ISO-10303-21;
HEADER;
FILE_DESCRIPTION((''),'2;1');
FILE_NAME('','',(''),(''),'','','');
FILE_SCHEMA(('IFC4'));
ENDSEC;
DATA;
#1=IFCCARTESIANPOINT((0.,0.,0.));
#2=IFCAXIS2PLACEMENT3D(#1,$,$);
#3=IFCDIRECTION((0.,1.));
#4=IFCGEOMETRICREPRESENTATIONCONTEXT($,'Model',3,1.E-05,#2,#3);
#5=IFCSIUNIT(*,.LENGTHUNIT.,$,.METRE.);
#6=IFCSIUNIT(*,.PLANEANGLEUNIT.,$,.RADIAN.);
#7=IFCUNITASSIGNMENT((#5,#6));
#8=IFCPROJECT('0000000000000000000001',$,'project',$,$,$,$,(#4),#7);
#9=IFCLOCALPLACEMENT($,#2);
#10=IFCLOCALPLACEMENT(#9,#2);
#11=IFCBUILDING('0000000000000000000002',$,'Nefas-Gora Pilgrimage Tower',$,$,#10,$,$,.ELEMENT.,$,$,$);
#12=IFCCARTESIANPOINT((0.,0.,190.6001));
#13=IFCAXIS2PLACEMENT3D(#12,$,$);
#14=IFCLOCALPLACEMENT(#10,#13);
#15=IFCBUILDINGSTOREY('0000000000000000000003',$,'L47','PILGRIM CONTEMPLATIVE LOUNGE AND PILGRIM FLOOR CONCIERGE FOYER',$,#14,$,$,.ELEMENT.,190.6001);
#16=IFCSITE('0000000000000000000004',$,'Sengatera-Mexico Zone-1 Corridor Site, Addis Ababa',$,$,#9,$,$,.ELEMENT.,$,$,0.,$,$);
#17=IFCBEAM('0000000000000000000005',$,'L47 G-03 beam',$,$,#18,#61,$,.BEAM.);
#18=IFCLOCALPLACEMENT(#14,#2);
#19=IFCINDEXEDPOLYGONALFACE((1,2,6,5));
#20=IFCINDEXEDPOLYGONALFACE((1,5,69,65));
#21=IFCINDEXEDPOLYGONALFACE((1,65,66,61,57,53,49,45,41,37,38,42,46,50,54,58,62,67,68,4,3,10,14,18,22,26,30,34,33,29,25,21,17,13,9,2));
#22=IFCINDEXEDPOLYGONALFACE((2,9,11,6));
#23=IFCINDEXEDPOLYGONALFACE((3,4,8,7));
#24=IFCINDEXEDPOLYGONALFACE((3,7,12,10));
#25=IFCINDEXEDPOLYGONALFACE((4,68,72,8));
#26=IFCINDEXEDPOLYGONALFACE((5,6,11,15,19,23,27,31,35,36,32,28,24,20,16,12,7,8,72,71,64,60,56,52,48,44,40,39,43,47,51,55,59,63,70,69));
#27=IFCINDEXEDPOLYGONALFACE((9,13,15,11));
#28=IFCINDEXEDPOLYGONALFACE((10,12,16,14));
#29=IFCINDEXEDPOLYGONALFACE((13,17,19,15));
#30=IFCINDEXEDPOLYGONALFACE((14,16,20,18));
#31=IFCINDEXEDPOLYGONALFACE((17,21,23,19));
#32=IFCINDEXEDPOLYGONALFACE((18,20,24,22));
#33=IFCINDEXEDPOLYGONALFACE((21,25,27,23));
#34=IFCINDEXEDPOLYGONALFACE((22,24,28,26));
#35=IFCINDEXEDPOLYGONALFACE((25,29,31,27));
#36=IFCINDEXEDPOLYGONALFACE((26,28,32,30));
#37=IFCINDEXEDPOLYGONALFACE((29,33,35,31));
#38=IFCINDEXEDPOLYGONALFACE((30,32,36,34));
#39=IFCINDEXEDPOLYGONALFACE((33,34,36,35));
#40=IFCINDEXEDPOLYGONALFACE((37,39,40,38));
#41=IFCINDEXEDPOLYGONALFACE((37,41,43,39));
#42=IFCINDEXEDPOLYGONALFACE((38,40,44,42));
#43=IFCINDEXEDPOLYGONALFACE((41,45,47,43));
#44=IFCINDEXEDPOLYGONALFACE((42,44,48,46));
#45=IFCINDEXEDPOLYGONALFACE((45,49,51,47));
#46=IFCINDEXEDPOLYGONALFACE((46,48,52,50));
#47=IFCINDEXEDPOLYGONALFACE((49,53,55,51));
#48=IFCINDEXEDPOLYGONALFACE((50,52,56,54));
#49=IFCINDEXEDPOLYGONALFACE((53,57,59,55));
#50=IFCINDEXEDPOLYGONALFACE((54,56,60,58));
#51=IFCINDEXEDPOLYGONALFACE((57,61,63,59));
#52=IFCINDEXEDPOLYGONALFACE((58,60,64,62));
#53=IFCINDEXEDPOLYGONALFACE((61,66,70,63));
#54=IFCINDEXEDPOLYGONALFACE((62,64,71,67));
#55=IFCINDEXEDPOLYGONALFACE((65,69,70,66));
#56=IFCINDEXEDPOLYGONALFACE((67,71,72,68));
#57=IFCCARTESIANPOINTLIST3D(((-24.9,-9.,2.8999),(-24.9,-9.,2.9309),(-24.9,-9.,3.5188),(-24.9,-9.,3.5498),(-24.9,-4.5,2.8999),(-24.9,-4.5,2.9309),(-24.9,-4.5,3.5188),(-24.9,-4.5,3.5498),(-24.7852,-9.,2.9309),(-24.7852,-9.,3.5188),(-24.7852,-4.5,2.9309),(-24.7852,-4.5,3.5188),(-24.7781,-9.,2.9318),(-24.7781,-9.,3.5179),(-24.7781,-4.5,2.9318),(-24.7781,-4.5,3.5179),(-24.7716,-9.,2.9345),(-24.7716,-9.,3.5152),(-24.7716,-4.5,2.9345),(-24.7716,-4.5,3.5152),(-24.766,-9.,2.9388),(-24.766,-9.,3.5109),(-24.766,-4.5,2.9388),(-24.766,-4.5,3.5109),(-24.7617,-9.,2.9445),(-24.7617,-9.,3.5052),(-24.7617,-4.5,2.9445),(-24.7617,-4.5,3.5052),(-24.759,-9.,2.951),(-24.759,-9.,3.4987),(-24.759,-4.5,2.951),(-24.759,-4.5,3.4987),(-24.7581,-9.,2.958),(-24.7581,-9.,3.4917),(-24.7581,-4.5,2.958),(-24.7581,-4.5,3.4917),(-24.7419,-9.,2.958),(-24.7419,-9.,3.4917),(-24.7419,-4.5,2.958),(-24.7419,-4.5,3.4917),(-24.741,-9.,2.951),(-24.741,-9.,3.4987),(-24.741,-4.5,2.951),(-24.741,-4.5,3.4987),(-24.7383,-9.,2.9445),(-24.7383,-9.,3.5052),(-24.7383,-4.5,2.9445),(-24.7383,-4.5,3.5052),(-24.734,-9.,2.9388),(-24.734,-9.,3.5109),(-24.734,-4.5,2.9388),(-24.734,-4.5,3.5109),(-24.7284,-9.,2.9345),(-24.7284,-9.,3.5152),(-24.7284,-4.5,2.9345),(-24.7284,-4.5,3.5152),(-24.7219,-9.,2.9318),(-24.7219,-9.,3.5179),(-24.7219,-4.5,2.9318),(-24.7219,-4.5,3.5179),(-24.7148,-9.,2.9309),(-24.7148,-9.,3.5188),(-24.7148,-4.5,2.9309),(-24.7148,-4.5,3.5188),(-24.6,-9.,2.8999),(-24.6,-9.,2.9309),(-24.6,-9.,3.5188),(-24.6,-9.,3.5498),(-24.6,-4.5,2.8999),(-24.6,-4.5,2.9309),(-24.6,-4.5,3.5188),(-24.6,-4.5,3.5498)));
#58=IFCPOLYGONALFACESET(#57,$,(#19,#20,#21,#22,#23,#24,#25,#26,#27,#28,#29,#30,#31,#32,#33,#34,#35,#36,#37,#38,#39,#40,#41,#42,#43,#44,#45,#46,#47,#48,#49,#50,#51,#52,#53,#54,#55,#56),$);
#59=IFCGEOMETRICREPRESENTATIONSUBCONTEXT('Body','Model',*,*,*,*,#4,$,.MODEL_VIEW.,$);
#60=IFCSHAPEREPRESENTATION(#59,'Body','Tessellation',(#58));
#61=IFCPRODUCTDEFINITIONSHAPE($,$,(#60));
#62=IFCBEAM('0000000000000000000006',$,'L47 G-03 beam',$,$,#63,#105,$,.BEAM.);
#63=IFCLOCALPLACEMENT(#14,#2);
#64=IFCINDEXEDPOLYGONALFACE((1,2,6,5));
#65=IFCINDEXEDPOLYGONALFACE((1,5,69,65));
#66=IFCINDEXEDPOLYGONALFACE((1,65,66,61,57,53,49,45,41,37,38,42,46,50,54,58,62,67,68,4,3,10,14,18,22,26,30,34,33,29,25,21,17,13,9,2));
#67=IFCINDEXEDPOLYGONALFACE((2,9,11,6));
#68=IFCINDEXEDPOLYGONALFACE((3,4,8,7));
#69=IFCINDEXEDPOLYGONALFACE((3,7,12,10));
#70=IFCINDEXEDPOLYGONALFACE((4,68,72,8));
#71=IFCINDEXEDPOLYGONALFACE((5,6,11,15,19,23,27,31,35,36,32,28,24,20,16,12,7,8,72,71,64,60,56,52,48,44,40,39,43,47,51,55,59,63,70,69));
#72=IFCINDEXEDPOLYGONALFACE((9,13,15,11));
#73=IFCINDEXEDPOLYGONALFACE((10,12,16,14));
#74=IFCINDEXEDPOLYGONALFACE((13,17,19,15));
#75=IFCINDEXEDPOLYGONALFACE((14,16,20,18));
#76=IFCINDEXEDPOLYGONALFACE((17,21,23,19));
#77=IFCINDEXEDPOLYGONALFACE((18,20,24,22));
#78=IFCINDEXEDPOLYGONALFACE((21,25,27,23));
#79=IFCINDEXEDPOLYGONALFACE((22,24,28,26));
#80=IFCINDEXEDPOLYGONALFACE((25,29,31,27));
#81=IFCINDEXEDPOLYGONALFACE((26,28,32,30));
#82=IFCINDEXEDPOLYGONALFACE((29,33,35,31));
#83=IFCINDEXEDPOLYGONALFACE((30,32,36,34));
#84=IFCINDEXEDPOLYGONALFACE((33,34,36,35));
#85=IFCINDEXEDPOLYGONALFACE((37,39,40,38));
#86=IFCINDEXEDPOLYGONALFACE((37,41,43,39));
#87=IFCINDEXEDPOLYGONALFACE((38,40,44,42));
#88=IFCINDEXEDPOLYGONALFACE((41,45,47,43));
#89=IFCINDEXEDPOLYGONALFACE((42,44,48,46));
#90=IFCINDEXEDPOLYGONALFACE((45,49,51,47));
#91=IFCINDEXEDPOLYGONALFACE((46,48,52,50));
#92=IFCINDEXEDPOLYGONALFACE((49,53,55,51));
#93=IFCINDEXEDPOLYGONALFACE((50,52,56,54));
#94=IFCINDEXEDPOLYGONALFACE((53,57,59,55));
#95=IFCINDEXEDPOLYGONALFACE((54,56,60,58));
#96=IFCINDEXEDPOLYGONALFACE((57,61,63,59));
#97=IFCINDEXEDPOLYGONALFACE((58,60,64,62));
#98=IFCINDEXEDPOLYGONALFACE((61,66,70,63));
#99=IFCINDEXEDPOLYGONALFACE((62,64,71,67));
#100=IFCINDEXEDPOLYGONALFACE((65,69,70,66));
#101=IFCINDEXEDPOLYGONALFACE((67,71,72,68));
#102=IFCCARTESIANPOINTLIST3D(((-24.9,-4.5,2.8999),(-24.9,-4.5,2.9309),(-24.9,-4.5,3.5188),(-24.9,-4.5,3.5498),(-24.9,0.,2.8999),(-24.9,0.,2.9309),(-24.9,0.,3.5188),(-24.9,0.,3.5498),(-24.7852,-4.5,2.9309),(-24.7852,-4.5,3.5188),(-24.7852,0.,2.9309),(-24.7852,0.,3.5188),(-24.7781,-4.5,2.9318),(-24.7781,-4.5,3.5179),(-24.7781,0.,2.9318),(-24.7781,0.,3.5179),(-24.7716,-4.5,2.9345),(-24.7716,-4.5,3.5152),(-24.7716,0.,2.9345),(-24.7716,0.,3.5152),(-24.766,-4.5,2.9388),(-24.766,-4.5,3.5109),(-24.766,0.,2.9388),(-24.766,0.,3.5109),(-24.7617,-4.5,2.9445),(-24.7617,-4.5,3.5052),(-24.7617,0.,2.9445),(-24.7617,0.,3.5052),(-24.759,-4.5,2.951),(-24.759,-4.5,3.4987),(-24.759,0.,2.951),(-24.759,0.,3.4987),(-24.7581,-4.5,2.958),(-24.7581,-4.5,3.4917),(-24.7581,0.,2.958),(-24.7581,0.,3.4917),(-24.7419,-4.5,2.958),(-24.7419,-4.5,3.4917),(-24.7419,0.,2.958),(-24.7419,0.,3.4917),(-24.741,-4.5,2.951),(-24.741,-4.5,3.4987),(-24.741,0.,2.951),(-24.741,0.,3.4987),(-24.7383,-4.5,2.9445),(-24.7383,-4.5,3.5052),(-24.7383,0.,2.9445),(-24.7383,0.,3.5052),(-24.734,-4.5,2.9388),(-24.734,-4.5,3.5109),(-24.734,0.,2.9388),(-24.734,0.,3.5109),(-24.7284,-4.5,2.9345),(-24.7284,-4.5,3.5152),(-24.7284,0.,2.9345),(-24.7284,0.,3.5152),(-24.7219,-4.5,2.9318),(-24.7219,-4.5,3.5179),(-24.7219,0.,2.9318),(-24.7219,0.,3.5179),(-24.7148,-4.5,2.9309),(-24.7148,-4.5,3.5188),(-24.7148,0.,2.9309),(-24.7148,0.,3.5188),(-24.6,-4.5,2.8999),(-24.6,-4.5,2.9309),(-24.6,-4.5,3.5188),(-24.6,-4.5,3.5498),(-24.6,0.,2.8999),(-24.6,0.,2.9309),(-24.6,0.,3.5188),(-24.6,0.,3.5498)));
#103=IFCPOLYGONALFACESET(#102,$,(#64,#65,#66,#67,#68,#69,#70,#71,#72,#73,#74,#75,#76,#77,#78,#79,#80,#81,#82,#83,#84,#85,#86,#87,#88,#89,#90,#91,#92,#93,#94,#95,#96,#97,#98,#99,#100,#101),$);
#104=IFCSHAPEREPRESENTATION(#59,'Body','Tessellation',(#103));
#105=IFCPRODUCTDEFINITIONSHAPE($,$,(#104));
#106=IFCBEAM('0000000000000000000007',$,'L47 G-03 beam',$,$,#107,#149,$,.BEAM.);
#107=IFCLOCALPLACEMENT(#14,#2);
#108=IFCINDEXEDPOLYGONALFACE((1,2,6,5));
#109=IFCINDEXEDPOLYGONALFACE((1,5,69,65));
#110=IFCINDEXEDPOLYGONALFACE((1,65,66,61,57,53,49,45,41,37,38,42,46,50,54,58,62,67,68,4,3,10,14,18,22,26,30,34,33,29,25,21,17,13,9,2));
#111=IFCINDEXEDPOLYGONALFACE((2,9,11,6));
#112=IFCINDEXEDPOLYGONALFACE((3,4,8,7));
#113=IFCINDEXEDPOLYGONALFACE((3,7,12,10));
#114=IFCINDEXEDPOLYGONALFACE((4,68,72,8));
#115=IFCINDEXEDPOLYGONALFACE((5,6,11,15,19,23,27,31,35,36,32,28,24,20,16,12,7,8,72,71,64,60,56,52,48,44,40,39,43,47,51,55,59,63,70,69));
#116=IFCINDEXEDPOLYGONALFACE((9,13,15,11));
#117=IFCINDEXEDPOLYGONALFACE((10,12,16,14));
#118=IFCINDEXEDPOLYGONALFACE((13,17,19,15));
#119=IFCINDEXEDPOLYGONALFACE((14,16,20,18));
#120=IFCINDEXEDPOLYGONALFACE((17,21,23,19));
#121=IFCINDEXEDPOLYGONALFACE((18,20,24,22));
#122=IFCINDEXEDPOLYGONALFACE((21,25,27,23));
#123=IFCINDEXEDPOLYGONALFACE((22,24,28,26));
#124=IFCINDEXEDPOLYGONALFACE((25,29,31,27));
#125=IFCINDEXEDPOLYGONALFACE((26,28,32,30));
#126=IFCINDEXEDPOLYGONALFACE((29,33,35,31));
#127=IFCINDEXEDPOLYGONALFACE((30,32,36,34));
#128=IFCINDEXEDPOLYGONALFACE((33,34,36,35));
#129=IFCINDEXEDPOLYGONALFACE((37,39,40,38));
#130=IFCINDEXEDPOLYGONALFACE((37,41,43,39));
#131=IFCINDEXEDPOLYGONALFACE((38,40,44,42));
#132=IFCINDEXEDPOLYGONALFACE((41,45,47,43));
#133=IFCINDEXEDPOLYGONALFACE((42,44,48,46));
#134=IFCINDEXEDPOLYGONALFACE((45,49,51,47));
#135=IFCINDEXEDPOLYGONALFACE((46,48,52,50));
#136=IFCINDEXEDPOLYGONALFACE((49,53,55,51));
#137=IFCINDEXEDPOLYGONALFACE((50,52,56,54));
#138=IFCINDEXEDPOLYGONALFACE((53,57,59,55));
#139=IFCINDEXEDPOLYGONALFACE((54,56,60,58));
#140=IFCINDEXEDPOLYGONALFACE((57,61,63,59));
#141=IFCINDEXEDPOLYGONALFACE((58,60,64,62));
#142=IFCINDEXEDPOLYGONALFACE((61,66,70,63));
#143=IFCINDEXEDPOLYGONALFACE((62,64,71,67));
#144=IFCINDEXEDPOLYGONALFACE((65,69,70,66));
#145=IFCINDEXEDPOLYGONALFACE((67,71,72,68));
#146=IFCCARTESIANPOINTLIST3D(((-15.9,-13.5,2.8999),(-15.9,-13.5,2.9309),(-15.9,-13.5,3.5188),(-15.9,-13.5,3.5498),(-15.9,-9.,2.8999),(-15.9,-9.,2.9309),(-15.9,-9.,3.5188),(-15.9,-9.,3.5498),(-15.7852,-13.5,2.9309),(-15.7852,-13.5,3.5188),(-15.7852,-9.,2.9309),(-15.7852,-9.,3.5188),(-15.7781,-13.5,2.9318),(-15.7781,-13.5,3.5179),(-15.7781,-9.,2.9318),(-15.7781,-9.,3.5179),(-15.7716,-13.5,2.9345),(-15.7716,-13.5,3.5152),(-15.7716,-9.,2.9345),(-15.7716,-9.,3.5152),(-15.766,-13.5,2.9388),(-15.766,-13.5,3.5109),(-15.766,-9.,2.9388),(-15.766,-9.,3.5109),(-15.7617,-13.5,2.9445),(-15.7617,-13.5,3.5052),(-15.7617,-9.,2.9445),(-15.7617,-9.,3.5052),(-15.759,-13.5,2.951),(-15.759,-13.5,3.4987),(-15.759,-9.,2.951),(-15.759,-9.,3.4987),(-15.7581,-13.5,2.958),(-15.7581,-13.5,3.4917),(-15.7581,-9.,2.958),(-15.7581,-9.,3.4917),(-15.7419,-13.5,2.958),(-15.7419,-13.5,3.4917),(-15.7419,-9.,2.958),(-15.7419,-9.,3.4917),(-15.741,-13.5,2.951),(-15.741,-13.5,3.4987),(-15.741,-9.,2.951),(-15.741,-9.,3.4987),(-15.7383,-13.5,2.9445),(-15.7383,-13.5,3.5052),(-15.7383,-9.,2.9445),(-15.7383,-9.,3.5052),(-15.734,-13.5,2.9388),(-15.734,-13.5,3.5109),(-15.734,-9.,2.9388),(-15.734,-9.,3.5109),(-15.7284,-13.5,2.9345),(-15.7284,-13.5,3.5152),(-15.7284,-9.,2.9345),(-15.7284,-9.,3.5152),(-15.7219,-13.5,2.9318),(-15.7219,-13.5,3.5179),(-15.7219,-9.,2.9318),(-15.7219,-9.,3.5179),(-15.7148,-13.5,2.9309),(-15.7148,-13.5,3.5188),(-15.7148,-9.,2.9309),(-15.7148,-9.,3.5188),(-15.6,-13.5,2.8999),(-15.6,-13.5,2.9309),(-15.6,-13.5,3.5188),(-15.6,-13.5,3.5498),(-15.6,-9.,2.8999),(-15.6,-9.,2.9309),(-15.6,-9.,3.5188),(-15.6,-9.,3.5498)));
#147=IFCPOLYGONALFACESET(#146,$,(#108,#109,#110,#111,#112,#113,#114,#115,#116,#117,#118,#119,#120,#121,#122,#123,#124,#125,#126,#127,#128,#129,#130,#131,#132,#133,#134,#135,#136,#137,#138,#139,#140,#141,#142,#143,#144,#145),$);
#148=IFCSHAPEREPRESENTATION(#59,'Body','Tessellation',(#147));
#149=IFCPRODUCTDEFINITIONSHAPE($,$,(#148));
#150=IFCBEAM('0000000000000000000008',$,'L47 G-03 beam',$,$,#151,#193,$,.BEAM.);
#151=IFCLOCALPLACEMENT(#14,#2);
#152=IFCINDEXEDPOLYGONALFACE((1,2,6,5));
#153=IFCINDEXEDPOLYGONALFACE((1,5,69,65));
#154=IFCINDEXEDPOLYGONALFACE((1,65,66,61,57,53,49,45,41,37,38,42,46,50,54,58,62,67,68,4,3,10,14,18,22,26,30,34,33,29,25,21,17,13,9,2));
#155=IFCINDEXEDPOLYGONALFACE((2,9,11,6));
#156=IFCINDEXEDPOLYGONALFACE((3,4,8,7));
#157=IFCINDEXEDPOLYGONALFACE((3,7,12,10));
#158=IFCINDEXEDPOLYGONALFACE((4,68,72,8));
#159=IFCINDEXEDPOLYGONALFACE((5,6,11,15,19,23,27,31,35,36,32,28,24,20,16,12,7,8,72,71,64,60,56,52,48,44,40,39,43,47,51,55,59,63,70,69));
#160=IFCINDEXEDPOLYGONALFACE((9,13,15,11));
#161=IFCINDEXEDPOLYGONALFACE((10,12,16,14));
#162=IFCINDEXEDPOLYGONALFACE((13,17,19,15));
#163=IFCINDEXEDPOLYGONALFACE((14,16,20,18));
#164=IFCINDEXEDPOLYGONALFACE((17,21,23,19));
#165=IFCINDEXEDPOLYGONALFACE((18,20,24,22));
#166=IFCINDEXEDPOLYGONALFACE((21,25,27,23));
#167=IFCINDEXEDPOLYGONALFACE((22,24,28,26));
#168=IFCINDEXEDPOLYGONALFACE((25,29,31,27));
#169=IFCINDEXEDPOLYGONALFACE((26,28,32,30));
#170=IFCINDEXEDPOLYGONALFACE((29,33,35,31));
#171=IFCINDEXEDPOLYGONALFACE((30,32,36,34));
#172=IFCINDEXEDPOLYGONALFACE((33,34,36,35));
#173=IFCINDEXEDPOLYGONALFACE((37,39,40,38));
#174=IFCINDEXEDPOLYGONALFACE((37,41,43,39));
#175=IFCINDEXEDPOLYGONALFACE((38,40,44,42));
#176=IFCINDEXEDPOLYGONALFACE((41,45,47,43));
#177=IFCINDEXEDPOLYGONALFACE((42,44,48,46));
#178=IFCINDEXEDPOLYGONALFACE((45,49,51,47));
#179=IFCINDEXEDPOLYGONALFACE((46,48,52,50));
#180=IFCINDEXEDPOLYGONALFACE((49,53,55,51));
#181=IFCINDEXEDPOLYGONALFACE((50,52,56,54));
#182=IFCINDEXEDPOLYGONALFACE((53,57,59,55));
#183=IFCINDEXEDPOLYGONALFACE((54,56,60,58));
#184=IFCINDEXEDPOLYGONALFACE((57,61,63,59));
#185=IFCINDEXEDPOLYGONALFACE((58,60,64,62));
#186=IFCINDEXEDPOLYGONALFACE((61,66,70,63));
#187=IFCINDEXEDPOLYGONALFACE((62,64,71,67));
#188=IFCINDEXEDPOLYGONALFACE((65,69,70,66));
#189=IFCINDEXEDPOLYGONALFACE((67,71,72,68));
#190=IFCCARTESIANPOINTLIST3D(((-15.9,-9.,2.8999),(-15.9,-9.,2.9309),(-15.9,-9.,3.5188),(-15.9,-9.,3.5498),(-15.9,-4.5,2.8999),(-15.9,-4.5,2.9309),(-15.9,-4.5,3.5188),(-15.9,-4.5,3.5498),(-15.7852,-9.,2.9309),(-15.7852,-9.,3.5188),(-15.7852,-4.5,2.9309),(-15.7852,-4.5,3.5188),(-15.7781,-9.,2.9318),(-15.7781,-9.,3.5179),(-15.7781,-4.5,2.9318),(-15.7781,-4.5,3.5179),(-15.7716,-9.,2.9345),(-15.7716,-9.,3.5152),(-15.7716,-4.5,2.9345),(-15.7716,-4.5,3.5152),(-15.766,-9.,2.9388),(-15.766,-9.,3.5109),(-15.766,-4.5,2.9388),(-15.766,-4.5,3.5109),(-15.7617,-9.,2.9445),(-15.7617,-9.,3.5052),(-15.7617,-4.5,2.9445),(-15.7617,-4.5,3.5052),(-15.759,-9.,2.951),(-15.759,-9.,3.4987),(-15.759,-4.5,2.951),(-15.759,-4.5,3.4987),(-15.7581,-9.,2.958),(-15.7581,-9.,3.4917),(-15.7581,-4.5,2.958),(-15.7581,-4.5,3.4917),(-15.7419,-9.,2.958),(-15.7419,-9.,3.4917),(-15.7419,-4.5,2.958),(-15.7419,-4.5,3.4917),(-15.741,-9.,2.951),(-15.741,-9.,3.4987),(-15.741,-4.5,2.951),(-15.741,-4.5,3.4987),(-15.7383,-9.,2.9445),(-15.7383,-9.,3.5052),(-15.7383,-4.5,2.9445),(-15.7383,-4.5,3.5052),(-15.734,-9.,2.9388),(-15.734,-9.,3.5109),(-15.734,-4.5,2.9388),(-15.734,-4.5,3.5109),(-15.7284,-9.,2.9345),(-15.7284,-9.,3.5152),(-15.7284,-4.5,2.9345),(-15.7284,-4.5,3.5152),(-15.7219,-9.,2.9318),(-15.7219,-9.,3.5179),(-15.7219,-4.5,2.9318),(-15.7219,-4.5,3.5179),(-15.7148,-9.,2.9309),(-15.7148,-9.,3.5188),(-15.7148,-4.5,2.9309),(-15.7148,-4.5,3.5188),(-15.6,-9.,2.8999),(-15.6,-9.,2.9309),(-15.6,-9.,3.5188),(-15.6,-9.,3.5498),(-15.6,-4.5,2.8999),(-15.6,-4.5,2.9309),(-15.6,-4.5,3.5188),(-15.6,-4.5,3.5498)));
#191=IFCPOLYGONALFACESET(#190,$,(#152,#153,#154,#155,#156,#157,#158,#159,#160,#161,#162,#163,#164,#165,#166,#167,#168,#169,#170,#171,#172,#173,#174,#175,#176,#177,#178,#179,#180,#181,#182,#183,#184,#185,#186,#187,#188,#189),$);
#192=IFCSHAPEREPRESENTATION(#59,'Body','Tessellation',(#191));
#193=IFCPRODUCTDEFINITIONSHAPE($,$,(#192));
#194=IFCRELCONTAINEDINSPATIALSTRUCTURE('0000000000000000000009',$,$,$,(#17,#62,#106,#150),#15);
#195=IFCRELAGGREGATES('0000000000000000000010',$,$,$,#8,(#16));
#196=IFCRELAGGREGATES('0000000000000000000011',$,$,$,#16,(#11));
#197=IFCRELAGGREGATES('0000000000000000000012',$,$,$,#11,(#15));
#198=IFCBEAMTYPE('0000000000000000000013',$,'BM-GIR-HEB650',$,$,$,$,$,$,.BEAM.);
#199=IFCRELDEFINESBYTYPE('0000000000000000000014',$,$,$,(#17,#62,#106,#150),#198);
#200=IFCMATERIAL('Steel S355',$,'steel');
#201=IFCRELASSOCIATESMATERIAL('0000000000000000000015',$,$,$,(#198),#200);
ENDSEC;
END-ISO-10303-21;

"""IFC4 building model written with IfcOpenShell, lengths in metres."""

from ifc_helpers import new_model, si_unit, direction, frame, origin, origin_2d, place, context, subcontext, project, spatial, i_section, extrude, source, transform, mapped, material, material_profile, profile_set, type_object, element, save


model = new_model("IFC4")

# Units and contexts
model_context = context("Model", 3, precision=1e-05, world=origin(), true_north=direction((0.0, 1.0)))
body_context = subcontext(model_context, "Body", "Model", "MODEL_VIEW")
ifc_project = project(units=[si_unit("LENGTHUNIT", "METRE"), si_unit("PLANEANGLEUNIT", "RADIAN")], contexts=[model_context])

# Site, building, storey
site_placement = place(None, origin())
site = spatial("IfcSite", under=ifc_project, at=site_placement, Name="Sengatera-Mexico Zone-1 Corridor Site, Addis Ababa", CompositionType="ELEMENT", RefElevation=0.0)
building_placement = place(site_placement, origin())
building = spatial("IfcBuilding", under=site, at=building_placement, Name="Nefas-Gora Pilgrimage Tower", CompositionType="ELEMENT")
storey_placement = place(building_placement, frame((0.0, 0.0, 190.6001)))
storey = spatial("IfcBuildingStorey", under=building, at=storey_placement, Name="L47", Description="PILGRIM CONTEMPLATIVE LOUNGE AND PILGRIM FLOOR CONCIERGE FOYER", CompositionType="ELEMENT", Elevation=190.6001)

# Beams
ifc_material_1 = material(Name="Steel S355", Category="steel")
ifc_material_profile_1 = material_profile(ifc_material_1, i_section(OverallWidth=0.3, OverallDepth=0.6499, WebThickness=0.0161, FlangeThickness=0.031, FilletRadius=0.0271, at=origin_2d()), Name="HEB 650")
ifc_profile_set_1 = profile_set([ifc_material_profile_1], Name="Steel S355")
beam_type_1 = type_object("IfcBeamType", Name="BM-GIR-HEB650", PredefinedType="BEAM", material=ifc_profile_set_1)
shared_shape_1 = source(origin(), body_context, "Body", "SweptSolid", [
    extrude(i_section(OverallWidth=0.3, OverallDepth=0.6499, WebThickness=0.0161, FlangeThickness=0.031, FilletRadius=0.0271, at=origin_2d()), origin(), (0.0, 0.0, 1.0), 4.5),
])
for number, where, z_axis, x_axis, name in (
    (1, (-24.75, -9.0, 3.2249), (0.0, 1.0, 0.0), (-1.0, 0.0, 0.0), "L47 G-03 beam"),
    (2, (-24.75, -4.5, 3.2249), (0.0, 1.0, 0.0), (-1.0, 0.0, 0.0), "L47 G-03 beam"),
    (3, (-15.75, -13.5, 3.2249), (0.0, 1.0, 0.0), (-1.0, 0.0, 0.0), "L47 G-03 beam"),
    (4, (-15.75, -9.0, 3.2249), (0.0, 1.0, 0.0), (-1.0, 0.0, 0.0), "L47 G-03 beam"),
):
    element("IfcBeam", number, at=place(storey_placement, frame(where, z_axis=z_axis, x_axis=x_axis)), inside=storey, type_object=beam_type_1, Name=name, PredefinedType="BEAM", context=body_context, shape_type="MappedRepresentation", body=[
        mapped(shared_shape_1, transform((0.0, 0.0, 0.0), x_axis=(1.0, 0.0, 0.0), y_axis=(0.0, 1.0, 0.0), z_axis=(0.0, 0.0, 1.0), scale=1.0)),
    ])

save(model, "model.ifc")
